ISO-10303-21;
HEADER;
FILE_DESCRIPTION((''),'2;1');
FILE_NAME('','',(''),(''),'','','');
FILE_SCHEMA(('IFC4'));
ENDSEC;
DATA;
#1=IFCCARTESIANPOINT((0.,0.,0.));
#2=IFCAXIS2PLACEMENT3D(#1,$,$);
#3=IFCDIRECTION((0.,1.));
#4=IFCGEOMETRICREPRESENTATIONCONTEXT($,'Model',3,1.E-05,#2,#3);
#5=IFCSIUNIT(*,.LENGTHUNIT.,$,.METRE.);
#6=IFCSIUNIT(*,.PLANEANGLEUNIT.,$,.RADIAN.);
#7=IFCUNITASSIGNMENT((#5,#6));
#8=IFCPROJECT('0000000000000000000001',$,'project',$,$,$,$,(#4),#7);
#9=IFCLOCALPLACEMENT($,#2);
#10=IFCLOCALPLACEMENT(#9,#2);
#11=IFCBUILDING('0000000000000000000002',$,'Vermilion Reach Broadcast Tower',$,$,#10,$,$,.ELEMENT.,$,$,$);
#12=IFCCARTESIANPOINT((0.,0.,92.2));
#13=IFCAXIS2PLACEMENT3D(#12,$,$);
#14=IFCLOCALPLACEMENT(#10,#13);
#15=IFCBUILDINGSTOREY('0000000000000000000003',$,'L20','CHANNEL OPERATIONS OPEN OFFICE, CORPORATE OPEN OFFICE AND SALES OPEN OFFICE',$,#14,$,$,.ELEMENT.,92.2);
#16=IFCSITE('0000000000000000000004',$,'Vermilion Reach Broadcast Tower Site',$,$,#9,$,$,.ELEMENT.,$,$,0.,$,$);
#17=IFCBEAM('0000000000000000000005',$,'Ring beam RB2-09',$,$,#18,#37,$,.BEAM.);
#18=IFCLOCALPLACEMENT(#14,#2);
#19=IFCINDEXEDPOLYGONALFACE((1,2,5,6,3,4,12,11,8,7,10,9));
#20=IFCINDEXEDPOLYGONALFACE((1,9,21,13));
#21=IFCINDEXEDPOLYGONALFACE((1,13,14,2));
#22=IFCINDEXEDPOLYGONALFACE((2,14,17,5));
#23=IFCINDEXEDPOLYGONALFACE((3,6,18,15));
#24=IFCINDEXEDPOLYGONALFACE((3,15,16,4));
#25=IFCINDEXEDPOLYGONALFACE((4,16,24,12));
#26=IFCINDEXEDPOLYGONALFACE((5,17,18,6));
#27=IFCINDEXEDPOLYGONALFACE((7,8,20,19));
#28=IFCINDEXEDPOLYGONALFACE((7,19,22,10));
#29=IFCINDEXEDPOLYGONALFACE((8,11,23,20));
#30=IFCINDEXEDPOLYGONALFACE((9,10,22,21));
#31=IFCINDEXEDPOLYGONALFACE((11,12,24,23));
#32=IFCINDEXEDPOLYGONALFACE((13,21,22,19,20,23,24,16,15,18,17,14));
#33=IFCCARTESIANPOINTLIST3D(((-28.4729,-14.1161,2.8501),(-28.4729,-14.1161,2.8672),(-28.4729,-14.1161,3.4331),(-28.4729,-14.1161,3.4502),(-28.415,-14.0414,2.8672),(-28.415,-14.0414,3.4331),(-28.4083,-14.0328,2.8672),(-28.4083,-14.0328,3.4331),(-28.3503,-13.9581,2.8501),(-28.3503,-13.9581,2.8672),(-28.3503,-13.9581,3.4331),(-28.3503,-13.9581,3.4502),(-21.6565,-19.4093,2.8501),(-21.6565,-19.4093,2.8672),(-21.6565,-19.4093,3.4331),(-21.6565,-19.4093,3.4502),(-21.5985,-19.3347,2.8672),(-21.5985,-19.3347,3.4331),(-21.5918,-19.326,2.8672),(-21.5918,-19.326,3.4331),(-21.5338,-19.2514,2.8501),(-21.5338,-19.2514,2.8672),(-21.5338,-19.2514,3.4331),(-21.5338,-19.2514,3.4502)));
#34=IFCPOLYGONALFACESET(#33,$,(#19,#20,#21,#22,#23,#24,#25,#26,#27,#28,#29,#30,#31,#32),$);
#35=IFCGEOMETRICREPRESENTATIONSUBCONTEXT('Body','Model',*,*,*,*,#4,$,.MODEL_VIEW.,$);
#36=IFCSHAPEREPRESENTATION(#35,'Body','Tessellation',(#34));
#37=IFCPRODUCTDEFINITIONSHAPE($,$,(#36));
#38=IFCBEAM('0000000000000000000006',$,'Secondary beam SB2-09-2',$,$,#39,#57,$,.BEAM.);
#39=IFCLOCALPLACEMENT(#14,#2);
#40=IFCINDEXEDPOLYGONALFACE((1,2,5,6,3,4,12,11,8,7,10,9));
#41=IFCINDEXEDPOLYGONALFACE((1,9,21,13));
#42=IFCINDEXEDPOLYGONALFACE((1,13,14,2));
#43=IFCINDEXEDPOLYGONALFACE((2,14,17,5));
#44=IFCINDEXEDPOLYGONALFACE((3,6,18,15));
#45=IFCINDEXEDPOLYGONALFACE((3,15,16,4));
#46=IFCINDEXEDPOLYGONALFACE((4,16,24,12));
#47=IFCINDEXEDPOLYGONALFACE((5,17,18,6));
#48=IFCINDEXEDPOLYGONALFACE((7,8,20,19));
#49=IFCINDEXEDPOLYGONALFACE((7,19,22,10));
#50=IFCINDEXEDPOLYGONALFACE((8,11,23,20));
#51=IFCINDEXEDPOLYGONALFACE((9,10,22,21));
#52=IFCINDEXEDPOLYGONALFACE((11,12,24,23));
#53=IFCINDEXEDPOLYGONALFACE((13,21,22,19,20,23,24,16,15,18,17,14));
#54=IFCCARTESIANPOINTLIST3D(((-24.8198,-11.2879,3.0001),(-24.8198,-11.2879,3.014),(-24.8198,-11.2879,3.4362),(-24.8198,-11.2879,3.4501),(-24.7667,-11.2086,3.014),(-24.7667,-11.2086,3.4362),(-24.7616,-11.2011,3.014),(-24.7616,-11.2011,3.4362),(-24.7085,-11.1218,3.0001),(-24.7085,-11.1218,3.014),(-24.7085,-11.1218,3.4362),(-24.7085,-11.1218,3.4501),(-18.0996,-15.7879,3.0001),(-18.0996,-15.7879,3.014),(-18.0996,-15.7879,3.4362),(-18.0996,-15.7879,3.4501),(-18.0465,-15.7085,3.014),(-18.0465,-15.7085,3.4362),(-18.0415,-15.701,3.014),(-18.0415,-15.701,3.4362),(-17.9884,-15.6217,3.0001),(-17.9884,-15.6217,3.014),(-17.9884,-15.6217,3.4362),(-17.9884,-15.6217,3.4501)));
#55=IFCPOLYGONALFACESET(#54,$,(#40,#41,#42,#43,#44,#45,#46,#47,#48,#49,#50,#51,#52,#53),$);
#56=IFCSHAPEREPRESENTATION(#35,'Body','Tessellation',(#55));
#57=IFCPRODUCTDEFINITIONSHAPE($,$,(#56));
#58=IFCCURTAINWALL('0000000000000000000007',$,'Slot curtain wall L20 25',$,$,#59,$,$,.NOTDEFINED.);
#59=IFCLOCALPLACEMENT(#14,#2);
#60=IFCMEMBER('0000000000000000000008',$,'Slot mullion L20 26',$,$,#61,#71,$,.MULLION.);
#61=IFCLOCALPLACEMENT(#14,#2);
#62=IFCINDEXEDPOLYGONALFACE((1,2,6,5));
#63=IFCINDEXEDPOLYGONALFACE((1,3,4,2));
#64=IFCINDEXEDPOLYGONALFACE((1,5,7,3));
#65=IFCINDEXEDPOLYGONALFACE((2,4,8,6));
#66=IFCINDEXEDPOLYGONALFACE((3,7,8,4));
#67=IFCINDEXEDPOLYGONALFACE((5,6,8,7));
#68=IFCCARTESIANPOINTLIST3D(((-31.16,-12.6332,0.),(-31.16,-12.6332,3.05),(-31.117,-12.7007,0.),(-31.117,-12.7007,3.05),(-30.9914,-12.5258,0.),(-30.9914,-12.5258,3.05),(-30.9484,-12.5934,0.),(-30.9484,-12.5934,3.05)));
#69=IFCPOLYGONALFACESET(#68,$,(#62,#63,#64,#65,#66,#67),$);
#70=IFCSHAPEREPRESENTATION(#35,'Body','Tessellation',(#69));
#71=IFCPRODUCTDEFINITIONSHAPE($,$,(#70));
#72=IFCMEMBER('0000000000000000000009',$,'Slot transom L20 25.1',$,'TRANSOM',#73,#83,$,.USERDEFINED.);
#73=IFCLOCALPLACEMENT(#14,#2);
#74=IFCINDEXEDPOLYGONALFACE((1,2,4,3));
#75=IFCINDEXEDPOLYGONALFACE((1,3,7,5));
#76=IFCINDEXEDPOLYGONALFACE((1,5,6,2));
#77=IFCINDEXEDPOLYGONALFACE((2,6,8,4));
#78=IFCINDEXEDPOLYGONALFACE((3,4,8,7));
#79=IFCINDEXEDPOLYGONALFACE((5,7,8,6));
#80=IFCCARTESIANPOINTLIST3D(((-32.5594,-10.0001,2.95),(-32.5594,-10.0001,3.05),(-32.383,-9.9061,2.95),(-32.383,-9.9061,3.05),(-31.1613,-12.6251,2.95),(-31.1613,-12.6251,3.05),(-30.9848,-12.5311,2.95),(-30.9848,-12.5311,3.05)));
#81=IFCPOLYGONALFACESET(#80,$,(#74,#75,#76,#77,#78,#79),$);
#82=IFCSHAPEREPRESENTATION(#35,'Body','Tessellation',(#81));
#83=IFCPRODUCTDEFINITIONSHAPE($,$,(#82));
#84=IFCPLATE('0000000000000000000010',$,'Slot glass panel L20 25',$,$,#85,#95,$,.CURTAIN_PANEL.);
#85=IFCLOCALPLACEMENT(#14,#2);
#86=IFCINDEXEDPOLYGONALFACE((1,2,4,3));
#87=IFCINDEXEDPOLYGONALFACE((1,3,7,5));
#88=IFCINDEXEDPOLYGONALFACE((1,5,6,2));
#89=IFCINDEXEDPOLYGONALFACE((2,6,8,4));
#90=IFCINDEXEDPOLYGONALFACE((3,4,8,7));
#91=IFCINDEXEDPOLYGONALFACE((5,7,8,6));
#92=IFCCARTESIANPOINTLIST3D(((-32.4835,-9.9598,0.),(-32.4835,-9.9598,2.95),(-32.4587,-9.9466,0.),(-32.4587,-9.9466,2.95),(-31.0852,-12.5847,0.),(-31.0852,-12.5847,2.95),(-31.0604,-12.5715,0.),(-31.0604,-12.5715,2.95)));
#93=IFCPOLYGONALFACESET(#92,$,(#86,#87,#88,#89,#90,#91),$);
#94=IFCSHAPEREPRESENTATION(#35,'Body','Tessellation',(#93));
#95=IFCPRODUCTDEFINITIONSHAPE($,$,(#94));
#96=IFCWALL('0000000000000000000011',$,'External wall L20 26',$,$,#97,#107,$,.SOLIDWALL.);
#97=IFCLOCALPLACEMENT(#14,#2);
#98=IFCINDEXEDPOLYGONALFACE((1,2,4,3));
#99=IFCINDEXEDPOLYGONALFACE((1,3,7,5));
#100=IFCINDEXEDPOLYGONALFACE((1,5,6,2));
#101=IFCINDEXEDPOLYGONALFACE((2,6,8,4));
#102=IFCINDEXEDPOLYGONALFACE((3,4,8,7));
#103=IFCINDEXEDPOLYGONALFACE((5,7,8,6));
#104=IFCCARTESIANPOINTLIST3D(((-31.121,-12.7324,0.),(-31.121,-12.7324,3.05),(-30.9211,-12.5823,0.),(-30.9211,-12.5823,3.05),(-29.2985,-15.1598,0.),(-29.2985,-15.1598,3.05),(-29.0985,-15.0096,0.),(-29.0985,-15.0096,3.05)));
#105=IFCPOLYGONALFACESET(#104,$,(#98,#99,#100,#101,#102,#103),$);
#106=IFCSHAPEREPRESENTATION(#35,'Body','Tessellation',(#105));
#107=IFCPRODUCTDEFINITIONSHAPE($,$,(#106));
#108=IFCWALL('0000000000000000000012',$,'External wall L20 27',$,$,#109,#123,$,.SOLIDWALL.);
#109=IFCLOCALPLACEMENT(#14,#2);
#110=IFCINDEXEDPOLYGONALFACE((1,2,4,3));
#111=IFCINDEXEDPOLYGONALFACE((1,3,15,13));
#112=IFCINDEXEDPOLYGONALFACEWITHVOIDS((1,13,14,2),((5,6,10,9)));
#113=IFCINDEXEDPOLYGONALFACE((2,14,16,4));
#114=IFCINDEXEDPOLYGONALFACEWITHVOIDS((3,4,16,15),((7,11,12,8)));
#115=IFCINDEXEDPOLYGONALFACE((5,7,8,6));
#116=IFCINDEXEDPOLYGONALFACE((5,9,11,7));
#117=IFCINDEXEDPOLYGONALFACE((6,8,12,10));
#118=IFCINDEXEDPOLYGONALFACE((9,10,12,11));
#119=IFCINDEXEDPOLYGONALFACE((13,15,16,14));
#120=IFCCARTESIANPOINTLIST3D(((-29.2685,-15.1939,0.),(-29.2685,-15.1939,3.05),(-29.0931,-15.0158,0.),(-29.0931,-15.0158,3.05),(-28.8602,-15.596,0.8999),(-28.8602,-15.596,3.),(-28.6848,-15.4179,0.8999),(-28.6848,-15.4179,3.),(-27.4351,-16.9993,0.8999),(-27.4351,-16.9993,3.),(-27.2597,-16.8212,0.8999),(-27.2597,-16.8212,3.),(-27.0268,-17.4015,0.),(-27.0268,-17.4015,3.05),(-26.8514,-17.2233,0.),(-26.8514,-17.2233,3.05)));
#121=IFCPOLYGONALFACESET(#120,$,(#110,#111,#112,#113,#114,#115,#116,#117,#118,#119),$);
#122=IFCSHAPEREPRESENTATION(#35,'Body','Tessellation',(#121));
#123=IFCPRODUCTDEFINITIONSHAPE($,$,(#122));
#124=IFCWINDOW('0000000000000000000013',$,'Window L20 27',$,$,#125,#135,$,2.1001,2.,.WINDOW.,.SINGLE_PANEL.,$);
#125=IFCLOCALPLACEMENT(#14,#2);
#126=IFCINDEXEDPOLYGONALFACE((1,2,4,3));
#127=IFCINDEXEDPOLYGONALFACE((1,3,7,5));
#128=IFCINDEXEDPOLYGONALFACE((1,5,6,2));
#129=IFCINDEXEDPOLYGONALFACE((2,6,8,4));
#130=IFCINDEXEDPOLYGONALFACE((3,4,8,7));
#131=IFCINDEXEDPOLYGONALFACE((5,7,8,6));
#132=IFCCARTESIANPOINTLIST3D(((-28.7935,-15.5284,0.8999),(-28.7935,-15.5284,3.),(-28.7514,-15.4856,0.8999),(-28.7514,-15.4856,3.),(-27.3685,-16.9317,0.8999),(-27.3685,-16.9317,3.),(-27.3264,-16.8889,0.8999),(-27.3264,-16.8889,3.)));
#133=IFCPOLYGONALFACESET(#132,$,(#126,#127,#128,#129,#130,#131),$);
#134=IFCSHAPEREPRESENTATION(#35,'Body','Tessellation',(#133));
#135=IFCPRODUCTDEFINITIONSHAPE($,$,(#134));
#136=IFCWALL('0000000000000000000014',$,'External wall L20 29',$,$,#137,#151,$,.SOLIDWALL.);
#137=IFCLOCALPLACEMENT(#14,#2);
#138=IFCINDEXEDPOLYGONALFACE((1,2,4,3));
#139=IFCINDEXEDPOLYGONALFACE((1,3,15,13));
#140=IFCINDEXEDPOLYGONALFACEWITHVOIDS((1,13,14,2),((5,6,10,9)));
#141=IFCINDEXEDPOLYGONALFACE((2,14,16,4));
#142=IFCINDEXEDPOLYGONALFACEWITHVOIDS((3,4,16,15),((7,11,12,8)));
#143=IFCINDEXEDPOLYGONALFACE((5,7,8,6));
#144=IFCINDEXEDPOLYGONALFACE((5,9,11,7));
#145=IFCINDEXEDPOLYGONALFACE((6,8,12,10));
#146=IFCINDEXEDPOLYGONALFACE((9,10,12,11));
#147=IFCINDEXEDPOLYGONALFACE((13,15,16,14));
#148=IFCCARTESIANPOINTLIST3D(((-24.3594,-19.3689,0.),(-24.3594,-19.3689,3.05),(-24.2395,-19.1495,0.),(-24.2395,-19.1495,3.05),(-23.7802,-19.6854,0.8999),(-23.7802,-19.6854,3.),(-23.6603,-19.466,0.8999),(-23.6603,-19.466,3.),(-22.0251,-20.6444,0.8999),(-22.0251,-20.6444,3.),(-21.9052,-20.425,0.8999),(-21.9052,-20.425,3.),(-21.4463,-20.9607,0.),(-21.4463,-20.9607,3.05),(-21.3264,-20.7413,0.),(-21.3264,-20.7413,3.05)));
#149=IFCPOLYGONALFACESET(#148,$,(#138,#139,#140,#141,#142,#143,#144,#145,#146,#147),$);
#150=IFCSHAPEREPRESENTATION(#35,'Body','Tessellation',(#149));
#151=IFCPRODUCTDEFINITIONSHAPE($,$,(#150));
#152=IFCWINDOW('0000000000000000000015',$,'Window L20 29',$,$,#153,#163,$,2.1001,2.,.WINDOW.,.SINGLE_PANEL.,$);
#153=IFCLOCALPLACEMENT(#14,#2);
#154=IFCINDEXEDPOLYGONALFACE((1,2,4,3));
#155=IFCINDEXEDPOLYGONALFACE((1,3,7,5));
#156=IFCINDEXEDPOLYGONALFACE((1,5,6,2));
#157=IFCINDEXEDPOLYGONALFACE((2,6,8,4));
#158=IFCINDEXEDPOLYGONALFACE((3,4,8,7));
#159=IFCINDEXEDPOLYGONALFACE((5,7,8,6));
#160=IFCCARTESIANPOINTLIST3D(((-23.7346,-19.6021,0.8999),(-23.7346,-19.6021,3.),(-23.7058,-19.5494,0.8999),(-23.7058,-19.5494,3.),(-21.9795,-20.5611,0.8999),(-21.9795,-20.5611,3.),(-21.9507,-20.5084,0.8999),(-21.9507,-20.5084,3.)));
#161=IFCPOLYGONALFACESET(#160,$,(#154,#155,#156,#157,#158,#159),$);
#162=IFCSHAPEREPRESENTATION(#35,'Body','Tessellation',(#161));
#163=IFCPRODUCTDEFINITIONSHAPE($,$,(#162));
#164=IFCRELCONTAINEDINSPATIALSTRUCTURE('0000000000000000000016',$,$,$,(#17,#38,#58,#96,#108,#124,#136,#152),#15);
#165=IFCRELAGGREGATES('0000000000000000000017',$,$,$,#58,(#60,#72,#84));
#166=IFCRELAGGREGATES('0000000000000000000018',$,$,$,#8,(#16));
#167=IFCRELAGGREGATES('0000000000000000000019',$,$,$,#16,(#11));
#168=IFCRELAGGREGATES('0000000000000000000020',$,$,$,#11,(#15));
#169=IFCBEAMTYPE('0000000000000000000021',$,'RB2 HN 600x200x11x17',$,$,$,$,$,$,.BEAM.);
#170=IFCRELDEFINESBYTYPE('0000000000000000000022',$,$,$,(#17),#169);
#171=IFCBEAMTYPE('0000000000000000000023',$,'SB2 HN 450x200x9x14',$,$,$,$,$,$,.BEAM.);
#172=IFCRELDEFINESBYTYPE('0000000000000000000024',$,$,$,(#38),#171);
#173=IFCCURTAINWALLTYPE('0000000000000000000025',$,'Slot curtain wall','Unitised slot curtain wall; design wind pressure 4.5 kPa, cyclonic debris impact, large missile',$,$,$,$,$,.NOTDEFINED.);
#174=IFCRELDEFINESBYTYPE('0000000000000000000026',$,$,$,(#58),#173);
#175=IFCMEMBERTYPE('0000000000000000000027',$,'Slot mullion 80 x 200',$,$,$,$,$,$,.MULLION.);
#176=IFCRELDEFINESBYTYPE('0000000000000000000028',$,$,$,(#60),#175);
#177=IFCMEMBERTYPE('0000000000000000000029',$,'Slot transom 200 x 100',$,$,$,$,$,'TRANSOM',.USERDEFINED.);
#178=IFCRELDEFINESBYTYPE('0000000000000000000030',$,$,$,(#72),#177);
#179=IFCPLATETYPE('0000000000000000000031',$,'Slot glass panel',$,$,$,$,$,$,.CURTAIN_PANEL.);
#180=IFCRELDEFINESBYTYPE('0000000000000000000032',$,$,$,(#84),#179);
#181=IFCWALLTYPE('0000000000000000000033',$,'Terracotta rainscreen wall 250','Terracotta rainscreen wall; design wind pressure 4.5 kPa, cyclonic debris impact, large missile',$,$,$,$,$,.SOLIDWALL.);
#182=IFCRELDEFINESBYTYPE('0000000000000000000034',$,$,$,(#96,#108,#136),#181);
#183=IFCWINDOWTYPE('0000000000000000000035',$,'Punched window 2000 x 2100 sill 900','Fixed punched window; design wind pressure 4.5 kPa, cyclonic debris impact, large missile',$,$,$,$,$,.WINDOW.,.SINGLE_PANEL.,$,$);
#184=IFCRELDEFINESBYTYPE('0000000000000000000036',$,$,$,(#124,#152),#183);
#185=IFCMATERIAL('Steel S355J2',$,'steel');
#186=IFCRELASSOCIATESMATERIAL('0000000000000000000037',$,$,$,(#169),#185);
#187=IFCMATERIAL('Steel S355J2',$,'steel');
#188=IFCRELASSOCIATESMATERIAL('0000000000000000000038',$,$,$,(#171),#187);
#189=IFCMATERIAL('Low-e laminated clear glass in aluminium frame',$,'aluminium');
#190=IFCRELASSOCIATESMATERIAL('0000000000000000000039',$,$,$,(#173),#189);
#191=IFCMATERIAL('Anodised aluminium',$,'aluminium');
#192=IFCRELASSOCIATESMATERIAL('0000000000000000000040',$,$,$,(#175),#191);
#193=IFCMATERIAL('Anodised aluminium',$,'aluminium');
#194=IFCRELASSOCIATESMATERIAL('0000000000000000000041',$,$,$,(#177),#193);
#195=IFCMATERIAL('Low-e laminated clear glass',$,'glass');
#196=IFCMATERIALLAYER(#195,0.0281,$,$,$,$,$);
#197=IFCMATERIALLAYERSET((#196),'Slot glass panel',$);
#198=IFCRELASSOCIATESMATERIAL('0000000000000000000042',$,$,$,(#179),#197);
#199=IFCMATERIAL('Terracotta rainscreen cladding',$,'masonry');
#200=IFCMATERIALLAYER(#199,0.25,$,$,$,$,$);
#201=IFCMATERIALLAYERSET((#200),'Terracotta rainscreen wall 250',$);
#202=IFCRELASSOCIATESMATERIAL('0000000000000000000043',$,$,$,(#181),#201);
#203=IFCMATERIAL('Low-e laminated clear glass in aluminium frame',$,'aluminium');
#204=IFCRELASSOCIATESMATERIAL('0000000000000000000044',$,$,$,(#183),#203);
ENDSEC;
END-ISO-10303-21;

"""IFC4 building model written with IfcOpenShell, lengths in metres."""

from ifc_helpers import new_model, si_unit, direction, frame, frame_2d, origin, origin_2d, place, context, subcontext, project, spatial, rectangle, i_section, extrude, material, layer, layer_set, material_profile, profile_set, type_object, element, fill, aggregate, save


model = new_model("IFC4")

# Units and contexts
model_context = context("Model", 3, precision=1e-05, world=origin(), true_north=direction((0.0, 1.0)))
body_context = subcontext(model_context, "Body", "Model", "MODEL_VIEW")
ifc_project = project(units=[si_unit("LENGTHUNIT", "METRE"), si_unit("PLANEANGLEUNIT", "RADIAN")], contexts=[model_context])

# Site, building, storey
site_placement = place(None, origin())
site = spatial("IfcSite", under=ifc_project, at=site_placement, Name="Vermilion Reach Broadcast Tower Site", CompositionType="ELEMENT", RefElevation=0.0)
building_placement = place(site_placement, origin())
building = spatial("IfcBuilding", under=site, at=building_placement, Name="Vermilion Reach Broadcast Tower", CompositionType="ELEMENT")
storey_placement = place(building_placement, frame((0.0, 0.0, 92.2)))
storey = spatial("IfcBuildingStorey", under=building, at=storey_placement, Name="L20", Description="CHANNEL OPERATIONS OPEN OFFICE, CORPORATE OPEN OFFICE AND SALES OPEN OFFICE", CompositionType="ELEMENT", Elevation=92.2)

# Beams
ifc_material_1 = material(Name="Steel S355J2", Category="steel")
ifc_material_profile_1 = material_profile(ifc_material_1, i_section(OverallWidth=0.2, OverallDepth=0.6001, WebThickness=0.011, FlangeThickness=0.0171, at=origin_2d()), Name="S355J2 HN 600x200x11x17")
ifc_profile_set_1 = profile_set([ifc_material_profile_1], Name="Steel S355J2")
beam_type_1 = type_object("IfcBeamType", Name="RB2 HN 600x200x11x17", PredefinedType="BEAM", material=ifc_profile_set_1)
beam_1_placement = place(storey_placement, frame((-28.4116, -14.0371, 3.1501), z_axis=(0.789826, -0.613331, 0.0), x_axis=(0.613331, 0.789826, 0.0)))
element("IfcBeam", 1, at=beam_1_placement, inside=storey, type_object=beam_type_1, Name="Ring beam RB2-09", PredefinedType="BEAM", context=body_context, shape_type="SweptSolid", body=[
    extrude(i_section(OverallWidth=0.2, OverallDepth=0.6001, WebThickness=0.011, FlangeThickness=0.0171, at=origin_2d()), origin(), (0.0, 0.0, 1.0), 8.6304),
])
ifc_material_2 = material(Name="Steel S355J2", Category="steel")
ifc_material_profile_2 = material_profile(ifc_material_2, i_section(OverallWidth=0.2, OverallDepth=0.45, WebThickness=0.009, FlangeThickness=0.0139, at=origin_2d()), Name="S355J2 HN 450x200x9x14")
ifc_profile_set_2 = profile_set([ifc_material_profile_2], Name="Steel S355J2")
beam_type_2 = type_object("IfcBeamType", Name="SB2 HN 450x200x9x14", PredefinedType="BEAM", material=ifc_profile_set_2)
beam_2_placement = place(storey_placement, frame((-24.7642, -11.2048, 3.2251), z_axis=(0.830915, -0.556399, 0.0), x_axis=(0.556399, 0.830915, 0.0)))
element("IfcBeam", 2, at=beam_2_placement, inside=storey, type_object=beam_type_2, Name="Secondary beam SB2-09-2", PredefinedType="BEAM", context=body_context, shape_type="SweptSolid", body=[
    extrude(i_section(OverallWidth=0.2, OverallDepth=0.45, WebThickness=0.009, FlangeThickness=0.0139, at=origin_2d()), origin(), (0.0, 0.0, 1.0), 8.0876),
])

# Curtain wall, members, plate
ifc_material_3 = material(Name="Low-e laminated clear glass in aluminium frame", Category="aluminium")
curtain_wall_type = type_object("IfcCurtainWallType", Name="Slot curtain wall", Description="Unitised slot curtain wall; design wind pressure 4.5 kPa, cyclonic debris impact, large missile", PredefinedType="NOTDEFINED", material=ifc_material_3)
curtain_wall_placement = place(storey_placement, origin())
curtain_wall = element("IfcCurtainWall", 3, at=curtain_wall_placement, inside=storey, type_object=curtain_wall_type, Name="Slot curtain wall L20 25", PredefinedType="NOTDEFINED")
ifc_material_4 = material(Name="Anodised aluminium", Category="aluminium")
ifc_material_profile_3 = material_profile(ifc_material_4, rectangle(XDim=0.2, YDim=0.0801, at=origin_2d()), Name="Slot mullion 80 x 200")
ifc_profile_set_3 = profile_set([ifc_material_profile_3], Name="Anodised aluminium")
member_type_1 = type_object("IfcMemberType", Name="Slot mullion 80 x 200", PredefinedType="MULLION", material=ifc_profile_set_3)
member_1_placement = place(storey_placement, frame((-31.0542, -12.6133, 0.0), z_axis=(0.0, 0.0, 1.0), x_axis=(0.843641, 0.536908, 0.0)))
member_1 = element("IfcMember", 4, at=member_1_placement, type_object=member_type_1, Name="Slot mullion L20 26", PredefinedType="MULLION", context=body_context, shape_type="SweptSolid", body=[
    extrude(rectangle(XDim=0.2, YDim=0.0801, at=origin_2d()), origin(), (0.0, 0.0, 1.0), 3.05),
])
ifc_material_5 = material(Name="Anodised aluminium", Category="aluminium")
ifc_material_profile_4 = material_profile(ifc_material_5, rectangle(XDim=0.2, YDim=0.1001, at=origin_2d()), Name="Slot transom 200 x 100")
ifc_profile_set_4 = profile_set([ifc_material_profile_4], Name="Anodised aluminium")
member_type_2 = type_object("IfcMemberType", Name="Slot transom 200 x 100", ElementType="TRANSOM", PredefinedType="USERDEFINED", material=ifc_profile_set_4)
member_2_placement = place(storey_placement, frame((-32.4712, -9.9531, 3.0), z_axis=(0.470115, -0.882605, 0.0), x_axis=(0.882605, 0.470115, 0.0)))
member_2 = element("IfcMember", 5, at=member_2_placement, type_object=member_type_2, Name="Slot transom L20 25.1", ObjectType="TRANSOM", PredefinedType="USERDEFINED", context=body_context, shape_type="SweptSolid", body=[
    extrude(rectangle(XDim=0.2, YDim=0.1001, at=origin_2d()), origin(), (0.0, 0.0, 1.0), 2.9741),
])
ifc_material_6 = material(Name="Low-e laminated clear glass", Category="glass")
ifc_layer_1 = layer(ifc_material_6, 0.0281)
ifc_layer_set_1 = layer_set([ifc_layer_1], Name="Slot glass panel")
plate_type = type_object("IfcPlateType", Name="Slot glass panel", PredefinedType="CURTAIN_PANEL", material=ifc_layer_set_1)
plate_placement = place(storey_placement, frame((-31.772, -11.2656, 0.0), z_axis=(0.0, 0.0, 1.0), x_axis=(0.470158, -0.882582, 0.0)))
plate = element("IfcPlate", 6, at=plate_placement, type_object=plate_type, Name="Slot glass panel L20 25", PredefinedType="CURTAIN_PANEL", context=body_context, shape_type="SweptSolid", body=[
    extrude(rectangle(XDim=2.9741, YDim=0.0281, at=origin_2d()), origin(), (0.0, 0.0, 1.0), 2.95),
])
aggregate(curtain_wall, [member_1, member_2, plate])

# Wall
ifc_material_7 = material(Name="Terracotta rainscreen cladding", Category="masonry")
ifc_layer_2 = layer(ifc_material_7, 0.25)
ifc_layer_set_2 = layer_set([ifc_layer_2], Name="Terracotta rainscreen wall 250")
wall_type = type_object("IfcWallType", Name="Terracotta rainscreen wall 250", Description="Terracotta rainscreen wall; design wind pressure 4.5 kPa, cyclonic debris impact, large missile", PredefinedType="SOLIDWALL", material=ifc_layer_set_2)
wall_1_placement = place(storey_placement, frame((-31.021, -12.6575, 0.0), z_axis=(0.0, 0.0, 1.0), x_axis=(0.600437, -0.799672, 0.0)))
element("IfcWall", 7, at=wall_1_placement, inside=storey, type_object=wall_type, Name="External wall L20 26", PredefinedType="SOLIDWALL", context=body_context, shape_type="SweptSolid", body=[
    extrude(rectangle(XDim=3.0354, YDim=0.25, at=frame_2d((1.5176, 0.0))), origin(), (0.0, 0.0, 1.0), 3.05),
])

# Wall, opening, window
wall_2_placement = place(storey_placement, frame((-29.1809, -15.1047, 0.0), z_axis=(0.0, 0.0, 1.0), x_axis=(0.712518, -0.701654, 0.0)))
wall_2 = element("IfcWall", 8, at=wall_2_placement, inside=storey, type_object=wall_type, Name="External wall L20 27", PredefinedType="SOLIDWALL", context=body_context, shape_type="SweptSolid", body=[
    extrude(rectangle(XDim=3.1462, YDim=0.25, at=frame_2d((1.5732, 0.0))), origin(), (0.0, 0.0, 1.0), 3.05),
])
opening_1_placement = place(wall_2_placement, frame((0.5732, 0.0, 0.8999)))
opening_1 = element("IfcOpeningElement", 9, at=opening_1_placement, cuts=wall_2, PredefinedType="OPENING", context=body_context, shape_type="SweptSolid", body=[
    extrude(rectangle(XDim=2.0, YDim=2.1001, at=frame_2d((1.0, 1.05))), frame((0.0, 0.135, 0.0), z_axis=(0.0, -1.0, 0.0), x_axis=(1.0, 0.0, 0.0)), (0.0, 0.0, 1.0), 0.27),
])
ifc_material_8 = material(Name="Low-e laminated clear glass in aluminium frame", Category="aluminium")
window_type = type_object("IfcWindowType", Name="Punched window 2000 x 2100 sill 900", Description="Fixed punched window; design wind pressure 4.5 kPa, cyclonic debris impact, large missile", PartitioningType="SINGLE_PANEL", PredefinedType="WINDOW", material=ifc_material_8)
window_1_placement = place(opening_1_placement, origin())
window_1 = element("IfcWindow", 10, at=window_1_placement, inside=storey, type_object=window_type, Name="Window L20 27", OverallHeight=2.1001, OverallWidth=2.0, PartitioningType="SINGLE_PANEL", PredefinedType="WINDOW", context=body_context, shape_type="SweptSolid", body=[
    extrude(rectangle(XDim=2.0, YDim=2.1001, at=frame_2d((1.0, 1.05))), frame((0.0, 0.03, 0.0), z_axis=(0.0, -1.0, 0.0), x_axis=(1.0, 0.0, 0.0)), (0.0, 0.0, 1.0), 0.0601),
])
fill(opening_1, window_1)

# Wall, opening, window
wall_3_placement = place(storey_placement, frame((-24.2993, -19.2593, 0.0), z_axis=(0.0, 0.0, 1.0), x_axis=(0.877536, -0.479512, 0.0)))
wall_3 = element("IfcWall", 11, at=wall_3_placement, inside=storey, type_object=wall_type, Name="External wall L20 29", PredefinedType="SOLIDWALL", context=body_context, shape_type="SweptSolid", body=[
    extrude(rectangle(XDim=3.3196, YDim=0.25, at=frame_2d((1.6597, 0.0))), origin(), (0.0, 0.0, 1.0), 3.05),
])
opening_2_placement = place(wall_3_placement, frame((0.6599, 0.0, 0.8999)))
opening_2 = element("IfcOpeningElement", 12, at=opening_2_placement, cuts=wall_3, PredefinedType="OPENING", context=body_context, shape_type="SweptSolid", body=[
    extrude(rectangle(XDim=2.0, YDim=2.1001, at=frame_2d((1.0, 1.05))), frame((0.0, 0.135, 0.0), z_axis=(0.0, -1.0, 0.0), x_axis=(1.0, 0.0, 0.0)), (0.0, 0.0, 1.0), 0.27),
])
window_2_placement = place(opening_2_placement, origin())
window_2 = element("IfcWindow", 13, at=window_2_placement, inside=storey, type_object=window_type, Name="Window L20 29", OverallHeight=2.1001, OverallWidth=2.0, PartitioningType="SINGLE_PANEL", PredefinedType="WINDOW", context=body_context, shape_type="SweptSolid", body=[
    extrude(rectangle(XDim=2.0, YDim=2.1001, at=frame_2d((1.0, 1.05))), frame((0.0, 0.03, 0.0), z_axis=(0.0, -1.0, 0.0), x_axis=(1.0, 0.0, 0.0)), (0.0, 0.0, 1.0), 0.0601),
])
fill(opening_2, window_2)

save(model, "model.ifc")
